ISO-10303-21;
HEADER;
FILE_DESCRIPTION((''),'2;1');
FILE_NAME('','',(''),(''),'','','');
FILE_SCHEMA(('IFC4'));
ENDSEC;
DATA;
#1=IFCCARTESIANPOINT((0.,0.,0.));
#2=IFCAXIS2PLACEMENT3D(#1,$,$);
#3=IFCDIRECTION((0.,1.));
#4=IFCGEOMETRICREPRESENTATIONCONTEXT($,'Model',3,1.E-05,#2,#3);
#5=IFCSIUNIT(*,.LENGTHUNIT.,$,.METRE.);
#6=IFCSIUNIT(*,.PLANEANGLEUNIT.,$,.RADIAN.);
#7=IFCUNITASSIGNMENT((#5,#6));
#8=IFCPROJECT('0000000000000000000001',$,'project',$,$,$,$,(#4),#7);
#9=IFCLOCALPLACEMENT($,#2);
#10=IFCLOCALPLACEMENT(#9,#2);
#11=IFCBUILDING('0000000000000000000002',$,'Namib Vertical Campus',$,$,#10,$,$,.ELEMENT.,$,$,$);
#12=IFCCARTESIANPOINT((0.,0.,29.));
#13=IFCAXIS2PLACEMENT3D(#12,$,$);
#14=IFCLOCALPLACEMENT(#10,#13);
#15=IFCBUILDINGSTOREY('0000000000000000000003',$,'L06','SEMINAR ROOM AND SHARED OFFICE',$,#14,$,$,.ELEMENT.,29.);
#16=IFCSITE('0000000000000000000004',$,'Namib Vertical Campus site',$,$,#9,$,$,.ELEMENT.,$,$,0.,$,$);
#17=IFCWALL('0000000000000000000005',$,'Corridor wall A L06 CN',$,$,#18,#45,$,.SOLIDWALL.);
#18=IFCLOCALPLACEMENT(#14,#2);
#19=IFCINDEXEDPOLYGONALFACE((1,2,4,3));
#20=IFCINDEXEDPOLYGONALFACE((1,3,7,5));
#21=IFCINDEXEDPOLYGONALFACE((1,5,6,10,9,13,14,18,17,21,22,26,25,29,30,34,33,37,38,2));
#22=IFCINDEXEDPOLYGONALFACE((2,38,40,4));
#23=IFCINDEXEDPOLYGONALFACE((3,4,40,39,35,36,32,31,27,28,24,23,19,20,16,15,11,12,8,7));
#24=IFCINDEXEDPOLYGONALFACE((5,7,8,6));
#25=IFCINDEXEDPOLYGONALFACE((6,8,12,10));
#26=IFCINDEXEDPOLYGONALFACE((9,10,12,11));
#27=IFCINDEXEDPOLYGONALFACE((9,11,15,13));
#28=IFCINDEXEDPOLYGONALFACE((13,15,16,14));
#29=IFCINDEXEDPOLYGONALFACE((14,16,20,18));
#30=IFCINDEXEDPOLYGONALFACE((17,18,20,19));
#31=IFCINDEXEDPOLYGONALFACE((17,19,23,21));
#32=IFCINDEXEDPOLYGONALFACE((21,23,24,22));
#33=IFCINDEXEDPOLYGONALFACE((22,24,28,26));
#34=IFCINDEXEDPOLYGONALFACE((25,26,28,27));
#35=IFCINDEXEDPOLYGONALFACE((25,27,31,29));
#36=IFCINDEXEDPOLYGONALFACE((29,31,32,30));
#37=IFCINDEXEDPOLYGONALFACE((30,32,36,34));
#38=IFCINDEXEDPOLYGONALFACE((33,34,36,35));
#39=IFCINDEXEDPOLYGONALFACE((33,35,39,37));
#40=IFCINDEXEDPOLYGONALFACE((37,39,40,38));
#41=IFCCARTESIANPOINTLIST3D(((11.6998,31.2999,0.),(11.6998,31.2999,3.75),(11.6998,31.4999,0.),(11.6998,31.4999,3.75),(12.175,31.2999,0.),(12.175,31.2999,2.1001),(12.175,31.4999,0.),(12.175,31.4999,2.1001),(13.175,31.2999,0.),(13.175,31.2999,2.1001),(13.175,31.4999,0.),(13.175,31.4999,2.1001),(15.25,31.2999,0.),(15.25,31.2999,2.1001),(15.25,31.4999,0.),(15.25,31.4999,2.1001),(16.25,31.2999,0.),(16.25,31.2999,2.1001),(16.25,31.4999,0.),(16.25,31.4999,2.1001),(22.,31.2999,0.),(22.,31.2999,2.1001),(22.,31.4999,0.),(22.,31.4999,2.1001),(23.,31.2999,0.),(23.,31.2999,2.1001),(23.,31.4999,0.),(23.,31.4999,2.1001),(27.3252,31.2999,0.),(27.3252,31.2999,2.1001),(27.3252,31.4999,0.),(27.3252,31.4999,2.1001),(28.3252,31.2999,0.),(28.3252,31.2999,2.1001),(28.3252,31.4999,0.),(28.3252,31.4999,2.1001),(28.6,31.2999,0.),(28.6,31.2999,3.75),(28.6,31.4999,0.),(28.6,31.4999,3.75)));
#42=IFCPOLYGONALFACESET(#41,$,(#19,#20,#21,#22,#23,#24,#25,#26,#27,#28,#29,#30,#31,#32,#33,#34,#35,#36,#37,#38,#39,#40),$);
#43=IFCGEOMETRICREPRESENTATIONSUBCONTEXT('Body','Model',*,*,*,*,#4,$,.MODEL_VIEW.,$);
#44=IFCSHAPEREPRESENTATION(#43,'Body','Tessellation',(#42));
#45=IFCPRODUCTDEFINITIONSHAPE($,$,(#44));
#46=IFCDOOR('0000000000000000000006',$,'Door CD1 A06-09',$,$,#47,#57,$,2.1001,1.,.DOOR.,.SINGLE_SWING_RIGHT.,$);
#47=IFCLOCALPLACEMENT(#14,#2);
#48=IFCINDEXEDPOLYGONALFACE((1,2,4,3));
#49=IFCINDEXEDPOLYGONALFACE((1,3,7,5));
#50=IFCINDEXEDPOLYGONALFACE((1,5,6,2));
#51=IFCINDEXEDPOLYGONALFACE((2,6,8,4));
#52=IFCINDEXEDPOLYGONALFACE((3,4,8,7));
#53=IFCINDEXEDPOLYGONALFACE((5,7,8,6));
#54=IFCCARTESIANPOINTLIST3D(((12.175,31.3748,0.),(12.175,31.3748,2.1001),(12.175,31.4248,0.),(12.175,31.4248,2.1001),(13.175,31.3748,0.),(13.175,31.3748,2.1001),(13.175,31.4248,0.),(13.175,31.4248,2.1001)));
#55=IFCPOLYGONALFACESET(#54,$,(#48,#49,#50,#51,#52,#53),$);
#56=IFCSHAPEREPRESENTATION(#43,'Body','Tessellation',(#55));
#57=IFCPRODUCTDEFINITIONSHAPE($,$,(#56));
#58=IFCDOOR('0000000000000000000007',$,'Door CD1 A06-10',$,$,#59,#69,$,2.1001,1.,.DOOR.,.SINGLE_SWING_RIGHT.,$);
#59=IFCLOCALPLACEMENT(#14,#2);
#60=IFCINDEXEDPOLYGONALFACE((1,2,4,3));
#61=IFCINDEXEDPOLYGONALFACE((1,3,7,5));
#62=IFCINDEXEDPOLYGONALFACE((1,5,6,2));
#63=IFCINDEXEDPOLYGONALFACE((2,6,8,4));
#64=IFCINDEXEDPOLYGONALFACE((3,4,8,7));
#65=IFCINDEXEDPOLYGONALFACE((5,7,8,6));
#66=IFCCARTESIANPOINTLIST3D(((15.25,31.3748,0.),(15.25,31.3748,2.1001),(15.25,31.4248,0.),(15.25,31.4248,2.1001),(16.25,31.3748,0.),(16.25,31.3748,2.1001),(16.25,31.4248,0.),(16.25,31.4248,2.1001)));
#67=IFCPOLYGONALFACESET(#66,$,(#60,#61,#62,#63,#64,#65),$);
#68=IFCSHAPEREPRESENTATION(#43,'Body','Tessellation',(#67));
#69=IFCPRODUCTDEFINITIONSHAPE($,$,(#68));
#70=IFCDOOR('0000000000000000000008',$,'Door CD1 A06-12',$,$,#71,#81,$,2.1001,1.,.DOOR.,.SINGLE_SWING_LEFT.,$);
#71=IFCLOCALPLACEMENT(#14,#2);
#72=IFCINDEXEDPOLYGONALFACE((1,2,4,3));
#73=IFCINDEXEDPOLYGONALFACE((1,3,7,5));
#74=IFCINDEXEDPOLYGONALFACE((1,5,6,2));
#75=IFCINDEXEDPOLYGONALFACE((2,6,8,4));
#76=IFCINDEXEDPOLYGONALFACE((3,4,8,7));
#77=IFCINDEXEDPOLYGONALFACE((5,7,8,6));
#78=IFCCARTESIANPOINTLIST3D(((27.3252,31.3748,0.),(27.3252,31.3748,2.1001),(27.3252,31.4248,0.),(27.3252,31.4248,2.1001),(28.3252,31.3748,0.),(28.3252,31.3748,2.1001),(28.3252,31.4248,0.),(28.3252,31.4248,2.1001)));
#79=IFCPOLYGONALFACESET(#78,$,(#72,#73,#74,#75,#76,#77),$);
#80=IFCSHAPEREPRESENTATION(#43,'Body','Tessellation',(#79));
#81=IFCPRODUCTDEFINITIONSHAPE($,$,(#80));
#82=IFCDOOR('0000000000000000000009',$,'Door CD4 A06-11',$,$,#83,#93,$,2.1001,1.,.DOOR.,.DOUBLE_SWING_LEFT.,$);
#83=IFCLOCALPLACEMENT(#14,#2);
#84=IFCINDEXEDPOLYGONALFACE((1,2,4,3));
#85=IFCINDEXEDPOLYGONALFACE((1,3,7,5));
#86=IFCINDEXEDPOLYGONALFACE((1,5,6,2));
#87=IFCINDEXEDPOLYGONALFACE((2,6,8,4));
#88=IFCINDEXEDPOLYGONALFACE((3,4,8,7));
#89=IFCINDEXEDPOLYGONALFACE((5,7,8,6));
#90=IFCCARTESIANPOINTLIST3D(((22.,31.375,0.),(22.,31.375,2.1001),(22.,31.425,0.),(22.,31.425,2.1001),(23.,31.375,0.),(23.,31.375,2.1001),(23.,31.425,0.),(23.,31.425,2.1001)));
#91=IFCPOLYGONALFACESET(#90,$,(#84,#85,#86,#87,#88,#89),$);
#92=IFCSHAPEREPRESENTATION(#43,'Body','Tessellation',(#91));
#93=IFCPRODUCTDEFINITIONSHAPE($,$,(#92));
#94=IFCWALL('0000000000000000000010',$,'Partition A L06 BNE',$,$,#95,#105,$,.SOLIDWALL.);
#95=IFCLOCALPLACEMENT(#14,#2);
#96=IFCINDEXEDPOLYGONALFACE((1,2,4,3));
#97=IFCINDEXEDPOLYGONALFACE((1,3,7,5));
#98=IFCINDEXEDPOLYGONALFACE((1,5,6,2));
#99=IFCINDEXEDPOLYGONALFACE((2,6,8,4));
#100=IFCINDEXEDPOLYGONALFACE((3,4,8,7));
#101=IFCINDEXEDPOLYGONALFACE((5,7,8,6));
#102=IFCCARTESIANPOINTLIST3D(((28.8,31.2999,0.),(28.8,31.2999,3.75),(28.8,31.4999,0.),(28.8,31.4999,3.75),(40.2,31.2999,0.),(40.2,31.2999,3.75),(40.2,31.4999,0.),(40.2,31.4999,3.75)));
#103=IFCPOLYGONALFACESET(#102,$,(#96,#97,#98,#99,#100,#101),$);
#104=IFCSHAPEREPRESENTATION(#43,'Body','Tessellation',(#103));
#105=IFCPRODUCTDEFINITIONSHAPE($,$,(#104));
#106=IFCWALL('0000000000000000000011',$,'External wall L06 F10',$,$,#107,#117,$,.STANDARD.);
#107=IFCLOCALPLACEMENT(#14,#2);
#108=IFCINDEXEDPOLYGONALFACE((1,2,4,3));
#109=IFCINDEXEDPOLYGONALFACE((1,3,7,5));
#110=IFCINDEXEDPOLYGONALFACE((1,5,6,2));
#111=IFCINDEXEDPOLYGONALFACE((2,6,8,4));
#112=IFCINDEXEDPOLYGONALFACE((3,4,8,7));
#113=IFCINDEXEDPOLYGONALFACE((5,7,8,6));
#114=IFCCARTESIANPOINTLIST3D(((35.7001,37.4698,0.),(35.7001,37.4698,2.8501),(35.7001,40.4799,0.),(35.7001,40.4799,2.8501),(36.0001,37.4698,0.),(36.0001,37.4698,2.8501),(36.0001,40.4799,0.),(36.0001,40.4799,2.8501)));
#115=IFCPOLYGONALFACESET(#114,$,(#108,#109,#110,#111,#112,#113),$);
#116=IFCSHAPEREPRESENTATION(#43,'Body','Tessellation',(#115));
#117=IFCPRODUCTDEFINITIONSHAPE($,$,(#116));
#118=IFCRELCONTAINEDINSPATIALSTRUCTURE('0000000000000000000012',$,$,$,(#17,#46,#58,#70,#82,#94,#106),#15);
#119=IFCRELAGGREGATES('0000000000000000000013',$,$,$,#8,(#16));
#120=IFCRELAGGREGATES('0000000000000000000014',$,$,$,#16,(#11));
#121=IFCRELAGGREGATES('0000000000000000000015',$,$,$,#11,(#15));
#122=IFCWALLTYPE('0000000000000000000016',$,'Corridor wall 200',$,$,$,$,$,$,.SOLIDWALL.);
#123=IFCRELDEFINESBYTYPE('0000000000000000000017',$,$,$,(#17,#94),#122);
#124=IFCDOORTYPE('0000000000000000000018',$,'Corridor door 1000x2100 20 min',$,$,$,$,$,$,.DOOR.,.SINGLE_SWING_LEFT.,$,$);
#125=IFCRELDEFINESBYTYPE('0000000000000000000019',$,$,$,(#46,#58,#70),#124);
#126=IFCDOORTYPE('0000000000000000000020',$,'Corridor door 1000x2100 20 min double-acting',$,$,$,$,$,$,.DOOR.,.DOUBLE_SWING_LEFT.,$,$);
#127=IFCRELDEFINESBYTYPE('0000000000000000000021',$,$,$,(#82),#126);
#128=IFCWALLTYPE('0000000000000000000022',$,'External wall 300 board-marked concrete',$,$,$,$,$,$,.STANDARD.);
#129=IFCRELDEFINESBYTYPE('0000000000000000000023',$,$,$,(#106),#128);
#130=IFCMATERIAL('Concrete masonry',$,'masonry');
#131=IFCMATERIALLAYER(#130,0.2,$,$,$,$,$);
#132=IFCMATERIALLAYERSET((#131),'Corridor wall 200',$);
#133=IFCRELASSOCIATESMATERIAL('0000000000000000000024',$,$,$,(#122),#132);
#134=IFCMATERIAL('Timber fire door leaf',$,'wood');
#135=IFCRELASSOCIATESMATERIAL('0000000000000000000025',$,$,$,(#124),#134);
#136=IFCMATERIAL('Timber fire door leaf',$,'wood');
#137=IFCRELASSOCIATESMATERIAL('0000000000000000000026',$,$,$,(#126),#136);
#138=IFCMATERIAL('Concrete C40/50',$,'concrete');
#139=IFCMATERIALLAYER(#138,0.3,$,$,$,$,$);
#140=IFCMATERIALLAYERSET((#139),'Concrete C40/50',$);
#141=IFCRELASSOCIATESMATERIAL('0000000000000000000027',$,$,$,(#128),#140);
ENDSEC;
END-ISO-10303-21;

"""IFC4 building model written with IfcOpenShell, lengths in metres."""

from ifc_helpers import new_model, si_unit, direction, frame, frame_2d, origin, place, context, subcontext, project, spatial, rectangle, extrude, material, layer, layer_set, type_object, element, fill, save


model = new_model("IFC4")

# Units and contexts
model_context = context("Model", 3, precision=1e-05, world=origin(), true_north=direction((0.0, 1.0)))
body_context = subcontext(model_context, "Body", "Model", "MODEL_VIEW")
ifc_project = project(units=[si_unit("LENGTHUNIT", "METRE"), si_unit("PLANEANGLEUNIT", "RADIAN")], contexts=[model_context])

# Site, building, storey
site_placement = place(None, origin())
site = spatial("IfcSite", under=ifc_project, at=site_placement, Name="Namib Vertical Campus site", CompositionType="ELEMENT", RefElevation=0.0)
building_placement = place(site_placement, origin())
building = spatial("IfcBuilding", under=site, at=building_placement, Name="Namib Vertical Campus", CompositionType="ELEMENT")
storey_placement = place(building_placement, frame((0.0, 0.0, 29.0)))
storey = spatial("IfcBuildingStorey", under=building, at=storey_placement, Name="L06", Description="SEMINAR ROOM AND SHARED OFFICE", CompositionType="ELEMENT", Elevation=29.0)

# Wall, openings, doors
ifc_material_1 = material(Name="Concrete masonry", Category="masonry")
ifc_layer_1 = layer(ifc_material_1, 0.2)
ifc_layer_set_1 = layer_set([ifc_layer_1], Name="Corridor wall 200")
wall_type_1 = type_object("IfcWallType", Name="Corridor wall 200", PredefinedType="SOLIDWALL", material=ifc_layer_set_1)
wall_1_placement = place(storey_placement, frame((28.6001, 31.3999, 0.0), z_axis=(0.0, 0.0, 1.0), x_axis=(-1.0, 0.0, 0.0)))
wall_1 = element("IfcWall", 1, at=wall_1_placement, inside=storey, type_object=wall_type_1, Name="Corridor wall A L06 CN", PredefinedType="SOLIDWALL", context=body_context, shape_type="SweptSolid", body=[
    extrude(rectangle(XDim=16.9001, YDim=0.2, at=frame_2d((8.4502, 0.0))), origin(), (0.0, 0.0, 1.0), 3.75),
])
opening_1_placement = place(wall_1_placement, frame((15.425, 0.0, 0.0)))
opening_1 = element("IfcOpeningElement", 2, at=opening_1_placement, cuts=wall_1, PredefinedType="OPENING", context=body_context, shape_type="SweptSolid", body=[
    extrude(rectangle(XDim=1.0, YDim=2.1001, at=frame_2d((0.5, 1.05))), frame((0.0, 0.1099, 0.0), z_axis=(0.0, -1.0, 0.0), x_axis=(1.0, 0.0, 0.0)), (0.0, 0.0, 1.0), 0.22),
])
opening_2_placement = place(wall_1_placement, frame((12.3501, 0.0, 0.0)))
opening_2 = element("IfcOpeningElement", 3, at=opening_2_placement, cuts=wall_1, PredefinedType="OPENING", context=body_context, shape_type="SweptSolid", body=[
    extrude(rectangle(XDim=1.0, YDim=2.1001, at=frame_2d((0.5, 1.05))), frame((0.0, 0.1099, 0.0), z_axis=(0.0, -1.0, 0.0), x_axis=(1.0, 0.0, 0.0)), (0.0, 0.0, 1.0), 0.22),
])
opening_3_placement = place(wall_1_placement, frame((5.6001, 0.0, 0.0)))
opening_3 = element("IfcOpeningElement", 4, at=opening_3_placement, cuts=wall_1, PredefinedType="OPENING", context=body_context, shape_type="SweptSolid", body=[
    extrude(rectangle(XDim=1.0, YDim=2.1001, at=frame_2d((0.5, 1.05))), frame((0.0, 0.1099, 0.0), z_axis=(0.0, -1.0, 0.0), x_axis=(1.0, 0.0, 0.0)), (0.0, 0.0, 1.0), 0.22),
])
opening_4_placement = place(wall_1_placement, frame((0.2749, 0.0, 0.0)))
opening_4 = element("IfcOpeningElement", 5, at=opening_4_placement, cuts=wall_1, PredefinedType="OPENING", context=body_context, shape_type="SweptSolid", body=[
    extrude(rectangle(XDim=1.0, YDim=2.1001, at=frame_2d((0.5, 1.05))), frame((0.0, 0.1099, 0.0), z_axis=(0.0, -1.0, 0.0), x_axis=(1.0, 0.0, 0.0)), (0.0, 0.0, 1.0), 0.22),
])
ifc_material_2 = material(Name="Timber fire door leaf", Category="wood")
door_type_1 = type_object("IfcDoorType", Name="Corridor door 1000x2100 20 min", OperationType="SINGLE_SWING_LEFT", PredefinedType="DOOR", material=ifc_material_2)
door_1_placement = place(opening_1_placement, frame((1.0, 0.0, 0.0), z_axis=(0.0, 0.0, 1.0), x_axis=(-1.0, 0.0, 0.0)))
door_1 = element("IfcDoor", 6, at=door_1_placement, inside=storey, type_object=door_type_1, Name="Door CD1 A06-09", OperationType="SINGLE_SWING_RIGHT", OverallHeight=2.1001, OverallWidth=1.0, PredefinedType="DOOR", context=body_context, shape_type="SweptSolid", body=[
    extrude(rectangle(XDim=1.0, YDim=2.1001, at=frame_2d((0.5, 1.05))), frame((0.0, 0.0249, 0.0), z_axis=(0.0, -1.0, 0.0), x_axis=(1.0, 0.0, 0.0)), (0.0, 0.0, 1.0), 0.05),
])
fill(opening_1, door_1)
door_2_placement = place(opening_2_placement, frame((1.0, 0.0, 0.0), z_axis=(0.0, 0.0, 1.0), x_axis=(-1.0, 0.0, 0.0)))
door_2 = element("IfcDoor", 7, at=door_2_placement, inside=storey, type_object=door_type_1, Name="Door CD1 A06-10", OperationType="SINGLE_SWING_RIGHT", OverallHeight=2.1001, OverallWidth=1.0, PredefinedType="DOOR", context=body_context, shape_type="SweptSolid", body=[
    extrude(rectangle(XDim=1.0, YDim=2.1001, at=frame_2d((0.5, 1.05))), frame((0.0, 0.0249, 0.0), z_axis=(0.0, -1.0, 0.0), x_axis=(1.0, 0.0, 0.0)), (0.0, 0.0, 1.0), 0.05),
])
fill(opening_2, door_2)
door_3_placement = place(opening_4_placement, frame((1.0, 0.0, 0.0), z_axis=(0.0, 0.0, 1.0), x_axis=(-1.0, 0.0, 0.0)))
door_3 = element("IfcDoor", 8, at=door_3_placement, inside=storey, type_object=door_type_1, Name="Door CD1 A06-12", OperationType="SINGLE_SWING_LEFT", OverallHeight=2.1001, OverallWidth=1.0, PredefinedType="DOOR", context=body_context, shape_type="SweptSolid", body=[
    extrude(rectangle(XDim=1.0, YDim=2.1001, at=frame_2d((0.5, 1.05))), frame((0.0, 0.0249, 0.0), z_axis=(0.0, -1.0, 0.0), x_axis=(1.0, 0.0, 0.0)), (0.0, 0.0, 1.0), 0.05),
])
fill(opening_4, door_3)
ifc_material_3 = material(Name="Timber fire door leaf", Category="wood")
door_type_2 = type_object("IfcDoorType", Name="Corridor door 1000x2100 20 min double-acting", OperationType="DOUBLE_SWING_LEFT", PredefinedType="DOOR", material=ifc_material_3)
door_4_placement = place(opening_3_placement, origin())
door_4 = element("IfcDoor", 9, at=door_4_placement, inside=storey, type_object=door_type_2, Name="Door CD4 A06-11", OperationType="DOUBLE_SWING_LEFT", OverallHeight=2.1001, OverallWidth=1.0, PredefinedType="DOOR", context=body_context, shape_type="SweptSolid", body=[
    extrude(rectangle(XDim=1.0, YDim=2.1001, at=frame_2d((0.5, 1.05))), frame((0.0, 0.0249, 0.0), z_axis=(0.0, -1.0, 0.0), x_axis=(1.0, 0.0, 0.0)), (0.0, 0.0, 1.0), 0.05),
])
fill(opening_3, door_4)

# Walls
wall_2_placement = place(storey_placement, frame((28.8, 31.3999, 0.0), z_axis=(0.0, 0.0, 1.0), x_axis=(1.0, 0.0, 0.0)))
element("IfcWall", 10, at=wall_2_placement, inside=storey, type_object=wall_type_1, Name="Partition A L06 BNE", PredefinedType="SOLIDWALL", context=body_context, shape_type="SweptSolid", body=[
    extrude(rectangle(XDim=11.3999, YDim=0.2, at=frame_2d((5.7, 0.0))), origin(), (0.0, 0.0, 1.0), 3.75),
])
ifc_material_4 = material(Name="Concrete C40/50", Category="concrete")
ifc_layer_2 = layer(ifc_material_4, 0.3)
ifc_layer_set_2 = layer_set([ifc_layer_2], Name="Concrete C40/50")
wall_type_2 = type_object("IfcWallType", Name="External wall 300 board-marked concrete", PredefinedType="STANDARD", material=ifc_layer_set_2)
wall_3_placement = place(storey_placement, frame((35.8501, 37.47, 0.0), z_axis=(0.0, 0.0, 1.0), x_axis=(0.0, 1.0, 0.0)))
element("IfcWall", 11, at=wall_3_placement, inside=storey, type_object=wall_type_2, Name="External wall L06 F10", PredefinedType="STANDARD", context=body_context, shape_type="SweptSolid", body=[
    extrude(rectangle(XDim=3.01, YDim=0.3, at=frame_2d((1.5049, 0.0))), origin(), (0.0, 0.0, 1.0), 2.8501),
])

save(model, "model.ifc")
